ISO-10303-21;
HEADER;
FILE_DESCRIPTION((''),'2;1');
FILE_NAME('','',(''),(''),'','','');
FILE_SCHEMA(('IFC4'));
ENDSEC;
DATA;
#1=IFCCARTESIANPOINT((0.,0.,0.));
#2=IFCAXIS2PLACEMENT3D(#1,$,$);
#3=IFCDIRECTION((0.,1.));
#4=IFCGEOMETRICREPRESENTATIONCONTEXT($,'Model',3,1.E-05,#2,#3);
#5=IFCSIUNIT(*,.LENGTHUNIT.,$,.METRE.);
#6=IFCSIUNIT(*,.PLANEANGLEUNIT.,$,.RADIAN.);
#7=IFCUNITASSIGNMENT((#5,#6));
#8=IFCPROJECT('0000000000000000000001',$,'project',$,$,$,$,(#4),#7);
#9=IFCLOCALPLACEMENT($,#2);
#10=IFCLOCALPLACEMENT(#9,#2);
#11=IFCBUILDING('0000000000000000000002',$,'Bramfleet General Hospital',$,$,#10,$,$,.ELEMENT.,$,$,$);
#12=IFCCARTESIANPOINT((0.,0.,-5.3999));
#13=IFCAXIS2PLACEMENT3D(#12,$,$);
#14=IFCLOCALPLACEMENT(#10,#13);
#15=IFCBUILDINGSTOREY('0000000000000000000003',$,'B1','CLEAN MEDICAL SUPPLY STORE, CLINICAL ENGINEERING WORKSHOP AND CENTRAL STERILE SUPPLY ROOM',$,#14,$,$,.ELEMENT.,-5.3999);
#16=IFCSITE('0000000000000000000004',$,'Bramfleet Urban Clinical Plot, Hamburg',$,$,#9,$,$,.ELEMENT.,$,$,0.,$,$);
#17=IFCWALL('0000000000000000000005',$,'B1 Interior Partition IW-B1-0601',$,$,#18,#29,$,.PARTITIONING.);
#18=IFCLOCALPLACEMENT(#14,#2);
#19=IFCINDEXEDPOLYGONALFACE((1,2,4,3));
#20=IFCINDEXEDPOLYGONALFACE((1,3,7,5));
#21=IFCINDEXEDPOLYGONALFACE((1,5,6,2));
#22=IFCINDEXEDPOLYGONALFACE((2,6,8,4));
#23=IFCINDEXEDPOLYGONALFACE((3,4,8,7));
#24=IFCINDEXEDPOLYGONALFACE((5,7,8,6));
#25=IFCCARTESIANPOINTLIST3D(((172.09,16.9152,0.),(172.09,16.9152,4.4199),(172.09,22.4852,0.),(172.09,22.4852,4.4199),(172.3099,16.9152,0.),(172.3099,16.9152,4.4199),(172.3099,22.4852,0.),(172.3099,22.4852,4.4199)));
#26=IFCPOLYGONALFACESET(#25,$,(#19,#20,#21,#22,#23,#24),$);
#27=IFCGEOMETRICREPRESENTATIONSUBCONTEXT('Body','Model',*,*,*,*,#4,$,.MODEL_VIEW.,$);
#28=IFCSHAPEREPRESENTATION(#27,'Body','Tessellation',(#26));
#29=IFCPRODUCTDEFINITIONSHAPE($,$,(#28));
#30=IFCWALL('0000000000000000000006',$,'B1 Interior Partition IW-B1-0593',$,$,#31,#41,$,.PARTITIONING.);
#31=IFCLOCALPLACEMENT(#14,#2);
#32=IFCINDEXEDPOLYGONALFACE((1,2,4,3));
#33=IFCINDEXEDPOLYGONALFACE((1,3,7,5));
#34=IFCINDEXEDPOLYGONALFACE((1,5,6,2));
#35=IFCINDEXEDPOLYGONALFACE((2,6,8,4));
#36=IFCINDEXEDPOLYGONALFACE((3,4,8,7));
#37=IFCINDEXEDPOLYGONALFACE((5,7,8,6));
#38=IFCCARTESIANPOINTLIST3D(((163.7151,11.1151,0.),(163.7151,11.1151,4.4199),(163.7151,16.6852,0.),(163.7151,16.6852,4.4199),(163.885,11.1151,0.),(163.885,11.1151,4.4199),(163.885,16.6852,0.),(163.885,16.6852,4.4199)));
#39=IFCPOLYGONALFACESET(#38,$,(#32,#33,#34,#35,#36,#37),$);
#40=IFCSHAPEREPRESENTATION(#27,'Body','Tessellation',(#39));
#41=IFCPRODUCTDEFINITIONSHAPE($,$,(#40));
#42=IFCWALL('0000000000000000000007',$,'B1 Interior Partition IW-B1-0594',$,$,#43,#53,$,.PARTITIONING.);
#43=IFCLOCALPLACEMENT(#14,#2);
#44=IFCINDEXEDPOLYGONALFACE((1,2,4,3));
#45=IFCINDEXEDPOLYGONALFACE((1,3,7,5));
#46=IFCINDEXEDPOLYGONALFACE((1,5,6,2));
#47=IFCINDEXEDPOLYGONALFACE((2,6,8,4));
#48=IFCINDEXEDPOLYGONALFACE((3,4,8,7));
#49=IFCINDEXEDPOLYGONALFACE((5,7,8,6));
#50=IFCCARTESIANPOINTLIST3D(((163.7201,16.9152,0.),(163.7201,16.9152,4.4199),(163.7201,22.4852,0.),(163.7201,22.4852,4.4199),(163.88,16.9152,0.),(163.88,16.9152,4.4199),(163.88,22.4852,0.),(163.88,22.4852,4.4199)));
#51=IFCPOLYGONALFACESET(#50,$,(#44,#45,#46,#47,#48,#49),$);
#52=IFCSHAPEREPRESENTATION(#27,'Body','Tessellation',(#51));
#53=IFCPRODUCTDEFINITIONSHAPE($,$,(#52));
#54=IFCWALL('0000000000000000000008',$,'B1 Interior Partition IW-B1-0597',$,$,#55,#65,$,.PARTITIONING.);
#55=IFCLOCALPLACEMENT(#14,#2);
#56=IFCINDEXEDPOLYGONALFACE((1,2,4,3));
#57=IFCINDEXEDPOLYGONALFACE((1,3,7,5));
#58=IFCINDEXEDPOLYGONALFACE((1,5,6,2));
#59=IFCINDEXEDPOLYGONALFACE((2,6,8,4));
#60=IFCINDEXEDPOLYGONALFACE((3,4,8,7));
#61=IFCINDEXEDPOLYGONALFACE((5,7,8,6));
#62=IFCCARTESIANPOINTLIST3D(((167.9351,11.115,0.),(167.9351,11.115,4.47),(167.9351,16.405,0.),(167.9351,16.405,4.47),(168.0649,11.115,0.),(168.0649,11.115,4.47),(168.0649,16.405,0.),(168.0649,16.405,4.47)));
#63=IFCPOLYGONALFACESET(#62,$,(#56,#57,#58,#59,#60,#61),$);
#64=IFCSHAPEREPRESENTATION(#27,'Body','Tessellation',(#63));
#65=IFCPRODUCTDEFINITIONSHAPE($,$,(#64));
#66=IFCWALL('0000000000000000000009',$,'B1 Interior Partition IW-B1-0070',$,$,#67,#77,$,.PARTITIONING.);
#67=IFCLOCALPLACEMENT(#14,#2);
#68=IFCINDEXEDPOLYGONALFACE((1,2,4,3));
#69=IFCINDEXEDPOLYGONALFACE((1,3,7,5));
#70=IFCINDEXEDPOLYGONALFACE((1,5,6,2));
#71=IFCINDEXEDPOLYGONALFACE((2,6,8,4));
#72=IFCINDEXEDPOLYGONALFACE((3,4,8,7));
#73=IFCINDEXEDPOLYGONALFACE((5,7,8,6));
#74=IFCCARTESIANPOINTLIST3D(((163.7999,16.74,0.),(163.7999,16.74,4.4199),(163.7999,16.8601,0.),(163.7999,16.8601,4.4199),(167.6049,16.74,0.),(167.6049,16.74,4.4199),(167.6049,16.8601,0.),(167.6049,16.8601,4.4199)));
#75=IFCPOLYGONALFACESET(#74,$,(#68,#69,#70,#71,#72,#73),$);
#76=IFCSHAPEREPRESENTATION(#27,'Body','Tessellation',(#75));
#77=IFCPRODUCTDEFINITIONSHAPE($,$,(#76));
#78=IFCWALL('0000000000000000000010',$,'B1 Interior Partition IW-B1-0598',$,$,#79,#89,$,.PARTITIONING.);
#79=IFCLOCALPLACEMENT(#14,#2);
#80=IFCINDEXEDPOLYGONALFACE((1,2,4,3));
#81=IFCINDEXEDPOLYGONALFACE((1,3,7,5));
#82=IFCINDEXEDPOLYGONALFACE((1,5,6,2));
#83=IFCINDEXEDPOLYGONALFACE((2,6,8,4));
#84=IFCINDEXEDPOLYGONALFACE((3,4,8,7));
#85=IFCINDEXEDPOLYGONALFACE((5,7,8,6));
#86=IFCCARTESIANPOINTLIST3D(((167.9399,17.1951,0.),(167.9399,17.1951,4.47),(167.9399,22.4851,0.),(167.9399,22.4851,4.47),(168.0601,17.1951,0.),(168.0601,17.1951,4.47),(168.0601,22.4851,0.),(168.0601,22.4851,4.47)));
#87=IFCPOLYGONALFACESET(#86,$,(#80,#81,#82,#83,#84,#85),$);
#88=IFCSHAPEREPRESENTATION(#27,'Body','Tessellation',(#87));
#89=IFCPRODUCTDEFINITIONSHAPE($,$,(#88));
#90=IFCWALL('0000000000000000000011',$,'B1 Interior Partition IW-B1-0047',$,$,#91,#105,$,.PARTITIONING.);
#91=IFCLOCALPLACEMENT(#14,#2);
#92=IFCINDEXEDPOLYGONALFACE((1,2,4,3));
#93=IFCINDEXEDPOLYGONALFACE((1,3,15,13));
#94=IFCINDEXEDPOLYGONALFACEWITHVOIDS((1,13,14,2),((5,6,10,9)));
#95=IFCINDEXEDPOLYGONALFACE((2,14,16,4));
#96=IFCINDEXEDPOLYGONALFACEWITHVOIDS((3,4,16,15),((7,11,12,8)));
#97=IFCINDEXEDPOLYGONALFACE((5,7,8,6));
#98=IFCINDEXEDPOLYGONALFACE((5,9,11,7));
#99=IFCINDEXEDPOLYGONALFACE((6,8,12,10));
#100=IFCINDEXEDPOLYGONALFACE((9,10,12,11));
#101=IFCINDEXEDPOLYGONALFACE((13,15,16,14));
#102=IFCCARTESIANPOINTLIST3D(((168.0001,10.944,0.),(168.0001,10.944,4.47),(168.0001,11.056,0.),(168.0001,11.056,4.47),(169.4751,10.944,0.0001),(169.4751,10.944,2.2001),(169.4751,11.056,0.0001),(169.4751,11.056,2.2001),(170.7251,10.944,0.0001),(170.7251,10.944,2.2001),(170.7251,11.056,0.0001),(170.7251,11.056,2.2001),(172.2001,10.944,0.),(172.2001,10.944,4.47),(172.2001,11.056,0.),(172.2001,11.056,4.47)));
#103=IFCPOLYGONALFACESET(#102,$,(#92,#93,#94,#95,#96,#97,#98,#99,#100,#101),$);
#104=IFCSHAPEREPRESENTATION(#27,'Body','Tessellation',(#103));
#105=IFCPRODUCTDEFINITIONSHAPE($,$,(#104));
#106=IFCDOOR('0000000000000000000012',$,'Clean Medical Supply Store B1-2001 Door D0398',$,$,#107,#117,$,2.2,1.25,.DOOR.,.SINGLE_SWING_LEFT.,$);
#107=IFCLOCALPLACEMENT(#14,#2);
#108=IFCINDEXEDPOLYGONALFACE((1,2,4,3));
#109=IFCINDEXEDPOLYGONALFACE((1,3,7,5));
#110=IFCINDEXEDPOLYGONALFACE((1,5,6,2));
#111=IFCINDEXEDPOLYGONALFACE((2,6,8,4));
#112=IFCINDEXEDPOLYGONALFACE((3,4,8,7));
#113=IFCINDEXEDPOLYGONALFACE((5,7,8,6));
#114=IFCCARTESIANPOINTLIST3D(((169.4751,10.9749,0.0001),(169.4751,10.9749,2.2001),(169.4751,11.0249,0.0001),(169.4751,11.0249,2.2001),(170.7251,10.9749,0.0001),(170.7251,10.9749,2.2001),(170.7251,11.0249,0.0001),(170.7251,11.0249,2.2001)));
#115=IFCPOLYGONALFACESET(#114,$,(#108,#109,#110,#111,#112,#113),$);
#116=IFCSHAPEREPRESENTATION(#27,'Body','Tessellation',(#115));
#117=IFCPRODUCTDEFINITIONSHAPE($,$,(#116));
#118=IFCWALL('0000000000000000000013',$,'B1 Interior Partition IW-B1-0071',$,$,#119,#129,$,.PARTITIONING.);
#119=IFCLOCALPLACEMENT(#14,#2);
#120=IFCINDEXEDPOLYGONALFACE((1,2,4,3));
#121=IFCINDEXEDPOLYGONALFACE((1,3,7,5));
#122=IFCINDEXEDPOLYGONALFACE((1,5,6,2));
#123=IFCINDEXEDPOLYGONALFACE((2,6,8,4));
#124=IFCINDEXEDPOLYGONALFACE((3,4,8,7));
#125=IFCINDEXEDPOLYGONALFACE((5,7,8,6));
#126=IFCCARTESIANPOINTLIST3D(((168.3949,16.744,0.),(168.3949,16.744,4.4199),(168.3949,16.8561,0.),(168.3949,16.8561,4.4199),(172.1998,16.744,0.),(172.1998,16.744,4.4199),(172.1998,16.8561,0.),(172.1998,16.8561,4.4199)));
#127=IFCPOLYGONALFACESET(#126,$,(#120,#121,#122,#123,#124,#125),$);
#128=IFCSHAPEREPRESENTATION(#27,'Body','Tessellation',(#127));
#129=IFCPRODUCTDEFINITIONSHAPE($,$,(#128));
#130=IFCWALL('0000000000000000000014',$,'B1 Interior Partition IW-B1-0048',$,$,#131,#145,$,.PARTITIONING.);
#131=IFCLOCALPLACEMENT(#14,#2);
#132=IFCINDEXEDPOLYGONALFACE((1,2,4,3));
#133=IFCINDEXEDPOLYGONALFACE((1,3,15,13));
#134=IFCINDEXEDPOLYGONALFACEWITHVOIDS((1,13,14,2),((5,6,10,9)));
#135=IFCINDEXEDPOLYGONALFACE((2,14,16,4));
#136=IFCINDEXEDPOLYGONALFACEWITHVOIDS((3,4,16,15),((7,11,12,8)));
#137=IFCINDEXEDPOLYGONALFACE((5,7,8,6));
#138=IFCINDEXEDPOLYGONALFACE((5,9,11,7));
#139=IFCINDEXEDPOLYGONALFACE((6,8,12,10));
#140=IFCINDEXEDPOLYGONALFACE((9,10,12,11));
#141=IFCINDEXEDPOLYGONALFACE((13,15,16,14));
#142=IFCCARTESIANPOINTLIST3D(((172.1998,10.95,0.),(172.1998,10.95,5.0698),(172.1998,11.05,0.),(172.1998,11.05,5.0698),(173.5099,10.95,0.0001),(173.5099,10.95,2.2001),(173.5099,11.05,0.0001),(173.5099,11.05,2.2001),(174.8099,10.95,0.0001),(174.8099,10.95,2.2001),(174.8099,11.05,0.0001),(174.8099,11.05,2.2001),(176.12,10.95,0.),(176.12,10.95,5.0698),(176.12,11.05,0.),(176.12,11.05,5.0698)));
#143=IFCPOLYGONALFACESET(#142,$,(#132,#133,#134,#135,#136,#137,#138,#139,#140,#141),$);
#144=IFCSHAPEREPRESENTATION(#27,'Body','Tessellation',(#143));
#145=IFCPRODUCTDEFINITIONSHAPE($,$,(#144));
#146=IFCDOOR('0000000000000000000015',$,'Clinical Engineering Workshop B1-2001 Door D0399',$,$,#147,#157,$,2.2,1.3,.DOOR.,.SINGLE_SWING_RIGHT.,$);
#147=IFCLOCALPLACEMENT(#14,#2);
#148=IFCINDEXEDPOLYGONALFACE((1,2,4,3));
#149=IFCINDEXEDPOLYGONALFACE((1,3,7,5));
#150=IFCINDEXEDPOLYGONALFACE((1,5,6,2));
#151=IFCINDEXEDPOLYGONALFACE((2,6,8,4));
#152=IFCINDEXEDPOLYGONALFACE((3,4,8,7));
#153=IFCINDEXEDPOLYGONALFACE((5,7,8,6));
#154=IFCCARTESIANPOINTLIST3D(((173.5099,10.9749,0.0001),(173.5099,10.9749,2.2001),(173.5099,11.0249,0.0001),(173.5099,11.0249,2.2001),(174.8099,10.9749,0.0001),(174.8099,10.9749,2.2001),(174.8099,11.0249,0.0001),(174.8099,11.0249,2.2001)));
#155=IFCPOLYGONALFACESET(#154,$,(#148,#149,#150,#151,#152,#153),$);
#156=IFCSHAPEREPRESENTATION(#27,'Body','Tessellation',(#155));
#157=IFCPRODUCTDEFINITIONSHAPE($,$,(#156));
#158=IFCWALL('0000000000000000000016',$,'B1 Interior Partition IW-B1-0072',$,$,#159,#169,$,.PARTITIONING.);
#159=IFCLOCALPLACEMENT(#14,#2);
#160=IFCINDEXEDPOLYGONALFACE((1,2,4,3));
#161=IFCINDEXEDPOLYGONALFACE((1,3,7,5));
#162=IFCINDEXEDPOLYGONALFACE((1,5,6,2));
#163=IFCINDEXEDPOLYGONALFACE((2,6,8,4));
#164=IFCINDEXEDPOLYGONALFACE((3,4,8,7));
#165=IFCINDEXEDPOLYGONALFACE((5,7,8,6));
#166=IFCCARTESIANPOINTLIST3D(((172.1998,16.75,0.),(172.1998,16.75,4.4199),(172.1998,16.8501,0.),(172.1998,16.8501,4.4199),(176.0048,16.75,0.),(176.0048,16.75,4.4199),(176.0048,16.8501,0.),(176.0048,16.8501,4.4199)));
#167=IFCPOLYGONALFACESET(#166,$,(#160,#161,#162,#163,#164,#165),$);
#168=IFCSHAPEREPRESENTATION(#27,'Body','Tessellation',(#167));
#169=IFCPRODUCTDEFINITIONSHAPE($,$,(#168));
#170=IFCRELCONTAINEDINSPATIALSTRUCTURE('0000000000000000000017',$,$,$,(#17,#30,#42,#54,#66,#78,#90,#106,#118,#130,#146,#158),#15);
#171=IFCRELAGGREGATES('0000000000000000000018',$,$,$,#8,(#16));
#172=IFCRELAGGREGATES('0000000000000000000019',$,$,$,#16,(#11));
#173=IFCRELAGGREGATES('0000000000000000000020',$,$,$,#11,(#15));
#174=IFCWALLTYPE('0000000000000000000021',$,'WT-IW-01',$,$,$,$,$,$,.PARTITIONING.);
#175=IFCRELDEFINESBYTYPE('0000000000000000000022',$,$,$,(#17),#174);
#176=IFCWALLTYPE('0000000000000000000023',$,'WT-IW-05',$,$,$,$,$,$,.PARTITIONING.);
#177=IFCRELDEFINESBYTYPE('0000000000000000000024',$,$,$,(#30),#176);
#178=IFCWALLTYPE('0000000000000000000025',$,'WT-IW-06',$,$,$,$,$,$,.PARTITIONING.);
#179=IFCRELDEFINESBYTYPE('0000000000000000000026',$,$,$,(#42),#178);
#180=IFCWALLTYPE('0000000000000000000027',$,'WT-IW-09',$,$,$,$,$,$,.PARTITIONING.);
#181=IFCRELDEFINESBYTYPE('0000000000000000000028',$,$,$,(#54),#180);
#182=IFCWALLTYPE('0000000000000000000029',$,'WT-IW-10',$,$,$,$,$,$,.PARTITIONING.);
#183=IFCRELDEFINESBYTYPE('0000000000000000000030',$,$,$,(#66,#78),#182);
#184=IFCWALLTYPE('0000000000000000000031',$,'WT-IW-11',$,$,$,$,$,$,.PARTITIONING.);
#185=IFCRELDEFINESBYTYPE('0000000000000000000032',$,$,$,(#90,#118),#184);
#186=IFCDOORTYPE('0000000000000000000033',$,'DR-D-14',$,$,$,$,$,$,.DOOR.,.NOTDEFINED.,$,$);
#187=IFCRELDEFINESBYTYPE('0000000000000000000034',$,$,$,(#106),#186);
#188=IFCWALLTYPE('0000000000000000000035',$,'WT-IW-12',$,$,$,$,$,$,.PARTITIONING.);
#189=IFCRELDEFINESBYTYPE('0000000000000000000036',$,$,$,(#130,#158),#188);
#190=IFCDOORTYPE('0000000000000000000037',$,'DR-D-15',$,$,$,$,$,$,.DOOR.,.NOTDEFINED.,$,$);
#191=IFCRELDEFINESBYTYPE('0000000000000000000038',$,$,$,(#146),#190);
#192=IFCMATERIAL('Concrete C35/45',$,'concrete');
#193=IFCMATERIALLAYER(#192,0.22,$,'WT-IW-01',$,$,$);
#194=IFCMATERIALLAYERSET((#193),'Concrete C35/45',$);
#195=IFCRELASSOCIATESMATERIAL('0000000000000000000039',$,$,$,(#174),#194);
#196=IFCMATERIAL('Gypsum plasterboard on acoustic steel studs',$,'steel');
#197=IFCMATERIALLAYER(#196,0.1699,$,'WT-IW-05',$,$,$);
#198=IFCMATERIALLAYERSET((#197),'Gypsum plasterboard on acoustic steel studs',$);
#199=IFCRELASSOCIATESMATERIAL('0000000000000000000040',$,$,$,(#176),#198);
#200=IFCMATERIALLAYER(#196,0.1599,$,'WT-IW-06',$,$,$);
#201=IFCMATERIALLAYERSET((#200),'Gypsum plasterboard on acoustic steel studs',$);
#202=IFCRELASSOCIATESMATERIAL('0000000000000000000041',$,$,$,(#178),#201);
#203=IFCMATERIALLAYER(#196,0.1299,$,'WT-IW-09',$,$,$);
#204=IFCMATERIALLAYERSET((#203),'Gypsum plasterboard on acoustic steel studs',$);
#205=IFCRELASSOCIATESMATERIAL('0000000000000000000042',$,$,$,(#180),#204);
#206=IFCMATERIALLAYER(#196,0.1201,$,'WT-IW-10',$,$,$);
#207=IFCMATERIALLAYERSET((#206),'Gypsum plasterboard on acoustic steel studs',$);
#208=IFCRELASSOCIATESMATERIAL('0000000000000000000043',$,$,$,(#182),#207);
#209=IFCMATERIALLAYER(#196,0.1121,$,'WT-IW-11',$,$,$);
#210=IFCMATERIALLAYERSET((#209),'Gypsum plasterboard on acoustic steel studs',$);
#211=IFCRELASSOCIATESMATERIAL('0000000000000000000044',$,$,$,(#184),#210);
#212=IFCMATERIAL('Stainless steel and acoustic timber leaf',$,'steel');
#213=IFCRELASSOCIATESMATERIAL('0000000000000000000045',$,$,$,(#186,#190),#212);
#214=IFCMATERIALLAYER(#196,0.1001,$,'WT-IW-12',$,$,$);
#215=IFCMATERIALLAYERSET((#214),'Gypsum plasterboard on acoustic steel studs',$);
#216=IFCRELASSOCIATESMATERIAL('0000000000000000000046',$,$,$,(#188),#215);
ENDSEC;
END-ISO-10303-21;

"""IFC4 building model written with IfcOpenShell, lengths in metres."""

from ifc_helpers import new_model, si_unit, direction, frame, frame_2d, origin, place, context, subcontext, project, spatial, rectangle, extrude, material, layer, layer_set, type_object, element, fill, save


model = new_model("IFC4")

# Units and contexts
model_context = context("Model", 3, precision=1e-05, world=origin(), true_north=direction((0.0, 1.0)))
body_context = subcontext(model_context, "Body", "Model", "MODEL_VIEW")
ifc_project = project(units=[si_unit("LENGTHUNIT", "METRE"), si_unit("PLANEANGLEUNIT", "RADIAN")], contexts=[model_context])

# Site, building, storey
site_placement = place(None, origin())
site = spatial("IfcSite", under=ifc_project, at=site_placement, Name="Bramfleet Urban Clinical Plot, Hamburg", CompositionType="ELEMENT", RefElevation=0.0)
building_placement = place(site_placement, origin())
building = spatial("IfcBuilding", under=site, at=building_placement, Name="Bramfleet General Hospital", CompositionType="ELEMENT")
storey_placement = place(building_placement, frame((0.0, 0.0, -5.3999)))
storey = spatial("IfcBuildingStorey", under=building, at=storey_placement, Name="B1", Description="CLEAN MEDICAL SUPPLY STORE, CLINICAL ENGINEERING WORKSHOP AND CENTRAL STERILE SUPPLY ROOM", CompositionType="ELEMENT", Elevation=-5.3999)

# Shared definitions
ifc_material_1 = material(Name="Concrete C35/45", Category="concrete")

# Shared definitions
ifc_layer_1 = layer(ifc_material_1, 0.22, Name="WT-IW-01")
ifc_layer_set_1 = layer_set([ifc_layer_1], Name="Concrete C35/45")
wall_type_1 = type_object("IfcWallType", Name="WT-IW-01", PredefinedType="PARTITIONING", material=ifc_layer_set_1)
ifc_material_2 = material(Name="Stainless steel and acoustic timber leaf", Category="steel")

# Walls
wall_1_placement = place(storey_placement, frame((172.2, 16.915, 0.0), z_axis=(0.0, 0.0, 1.0), x_axis=(0.0, 1.0, 0.0)))
element("IfcWall", 1, at=wall_1_placement, inside=storey, type_object=wall_type_1, Name="B1 Interior Partition IW-B1-0601", PredefinedType="PARTITIONING", context=body_context, shape_type="SweptSolid", body=[
    extrude(rectangle(XDim=5.5701, YDim=0.22, at=frame_2d((2.7852, 0.0))), origin(), (0.0, 0.0, 1.0), 4.4199),
])
ifc_material_3 = material(Name="Gypsum plasterboard on acoustic steel studs", Category="steel")
ifc_layer_2 = layer(ifc_material_3, 0.1699, Name="WT-IW-05")
ifc_layer_set_2 = layer_set([ifc_layer_2], Name="Gypsum plasterboard on acoustic steel studs")
wall_type_2 = type_object("IfcWallType", Name="WT-IW-05", PredefinedType="PARTITIONING", material=ifc_layer_set_2)
wall_2_placement = place(storey_placement, frame((163.8, 11.115, 0.0), z_axis=(0.0, 0.0, 1.0), x_axis=(0.0, 1.0, 0.0)))
element("IfcWall", 2, at=wall_2_placement, inside=storey, type_object=wall_type_2, Name="B1 Interior Partition IW-B1-0593", PredefinedType="PARTITIONING", context=body_context, shape_type="SweptSolid", body=[
    extrude(rectangle(XDim=5.5701, YDim=0.1699, at=frame_2d((2.7852, 0.0))), origin(), (0.0, 0.0, 1.0), 4.4199),
])
ifc_layer_3 = layer(ifc_material_3, 0.1599, Name="WT-IW-06")
ifc_layer_set_3 = layer_set([ifc_layer_3], Name="Gypsum plasterboard on acoustic steel studs")
wall_type_3 = type_object("IfcWallType", Name="WT-IW-06", PredefinedType="PARTITIONING", material=ifc_layer_set_3)
wall_3_placement = place(storey_placement, frame((163.8, 16.915, 0.0), z_axis=(0.0, 0.0, 1.0), x_axis=(0.0, 1.0, 0.0)))
element("IfcWall", 3, at=wall_3_placement, inside=storey, type_object=wall_type_3, Name="B1 Interior Partition IW-B1-0594", PredefinedType="PARTITIONING", context=body_context, shape_type="SweptSolid", body=[
    extrude(rectangle(XDim=5.5701, YDim=0.1599, at=frame_2d((2.7852, 0.0))), origin(), (0.0, 0.0, 1.0), 4.4199),
])
ifc_layer_4 = layer(ifc_material_3, 0.1299, Name="WT-IW-09")
ifc_layer_set_4 = layer_set([ifc_layer_4], Name="Gypsum plasterboard on acoustic steel studs")
wall_type_4 = type_object("IfcWallType", Name="WT-IW-09", PredefinedType="PARTITIONING", material=ifc_layer_set_4)
wall_4_placement = place(storey_placement, frame((168.0, 11.115, 0.0), z_axis=(0.0, 0.0, 1.0), x_axis=(0.0, 1.0, 0.0)))
element("IfcWall", 4, at=wall_4_placement, inside=storey, type_object=wall_type_4, Name="B1 Interior Partition IW-B1-0597", PredefinedType="PARTITIONING", context=body_context, shape_type="SweptSolid", body=[
    extrude(rectangle(XDim=5.29, YDim=0.1299, at=frame_2d((2.645, 0.0))), origin(), (0.0, 0.0, 1.0), 4.47),
])
ifc_layer_5 = layer(ifc_material_3, 0.1201, Name="WT-IW-10")
ifc_layer_set_5 = layer_set([ifc_layer_5], Name="Gypsum plasterboard on acoustic steel studs")
wall_type_5 = type_object("IfcWallType", Name="WT-IW-10", PredefinedType="PARTITIONING", material=ifc_layer_set_5)
wall_5_placement = place(storey_placement, frame((163.8, 16.8, 0.0), z_axis=(0.0, 0.0, 1.0), x_axis=(1.0, 0.0, 0.0)))
element("IfcWall", 5, at=wall_5_placement, inside=storey, type_object=wall_type_5, Name="B1 Interior Partition IW-B1-0070", PredefinedType="PARTITIONING", context=body_context, shape_type="SweptSolid", body=[
    extrude(rectangle(XDim=3.8049, YDim=0.1201, at=frame_2d((1.9023, 0.0))), origin(), (0.0, 0.0, 1.0), 4.4199),
])
wall_6_placement = place(storey_placement, frame((168.0, 17.1951, 0.0), z_axis=(0.0, 0.0, 1.0), x_axis=(0.0, 1.0, 0.0)))
element("IfcWall", 6, at=wall_6_placement, inside=storey, type_object=wall_type_5, Name="B1 Interior Partition IW-B1-0598", PredefinedType="PARTITIONING", context=body_context, shape_type="SweptSolid", body=[
    extrude(rectangle(XDim=5.29, YDim=0.1201, at=frame_2d((2.645, 0.0))), origin(), (0.0, 0.0, 1.0), 4.47),
])

# Wall, opening, door
ifc_layer_6 = layer(ifc_material_3, 0.1121, Name="WT-IW-11")
ifc_layer_set_6 = layer_set([ifc_layer_6], Name="Gypsum plasterboard on acoustic steel studs")
wall_type_6 = type_object("IfcWallType", Name="WT-IW-11", PredefinedType="PARTITIONING", material=ifc_layer_set_6)
wall_7_placement = place(storey_placement, frame((168.0, 11.0, 0.0), z_axis=(0.0, 0.0, 1.0), x_axis=(1.0, 0.0, 0.0)))
wall_7 = element("IfcWall", 7, at=wall_7_placement, inside=storey, type_object=wall_type_6, Name="B1 Interior Partition IW-B1-0047", PredefinedType="PARTITIONING", context=body_context, shape_type="SweptSolid", body=[
    extrude(rectangle(XDim=4.2, YDim=0.1121, at=frame_2d((2.1001, 0.0))), origin(), (0.0, 0.0, 1.0), 4.47),
])
opening_1_placement = place(wall_7_placement, frame((1.4751, 0.0, 0.0)))
opening_1 = element("IfcOpeningElement", 8, at=opening_1_placement, cuts=wall_7, PredefinedType="OPENING", context=body_context, shape_type="SweptSolid", body=[
    extrude(rectangle(XDim=1.25, YDim=2.2, at=frame_2d((0.625, 1.1001))), frame((0.0, 0.0659, 0.0), z_axis=(0.0, -1.0, 0.0), x_axis=(1.0, 0.0, 0.0)), (0.0, 0.0, 1.0), 0.1321),
])
door_type_1 = type_object("IfcDoorType", Name="DR-D-14", OperationType="NOTDEFINED", PredefinedType="DOOR", material=ifc_material_2)
door_1_placement = place(opening_1_placement, origin())
door_1 = element("IfcDoor", 9, at=door_1_placement, inside=storey, type_object=door_type_1, Name="Clean Medical Supply Store B1-2001 Door D0398", OperationType="SINGLE_SWING_LEFT", OverallHeight=2.2, OverallWidth=1.25, PredefinedType="DOOR", context=body_context, shape_type="SweptSolid", body=[
    extrude(rectangle(XDim=1.25, YDim=2.2, at=frame_2d((0.625, 1.1001))), frame((0.0, 0.0249, 0.0), z_axis=(0.0, -1.0, 0.0), x_axis=(1.0, 0.0, 0.0)), (0.0, 0.0, 1.0), 0.05),
])
fill(opening_1, door_1)

# Wall
wall_8_placement = place(storey_placement, frame((168.395, 16.8, 0.0), z_axis=(0.0, 0.0, 1.0), x_axis=(1.0, 0.0, 0.0)))
element("IfcWall", 10, at=wall_8_placement, inside=storey, type_object=wall_type_6, Name="B1 Interior Partition IW-B1-0071", PredefinedType="PARTITIONING", context=body_context, shape_type="SweptSolid", body=[
    extrude(rectangle(XDim=3.8049, YDim=0.1121, at=frame_2d((1.9023, 0.0))), origin(), (0.0, 0.0, 1.0), 4.4199),
])

# Wall, opening, door
ifc_layer_7 = layer(ifc_material_3, 0.1001, Name="WT-IW-12")
ifc_layer_set_7 = layer_set([ifc_layer_7], Name="Gypsum plasterboard on acoustic steel studs")
wall_type_7 = type_object("IfcWallType", Name="WT-IW-12", PredefinedType="PARTITIONING", material=ifc_layer_set_7)
wall_9_placement = place(storey_placement, frame((172.2, 11.0, 0.0), z_axis=(0.0, 0.0, 1.0), x_axis=(1.0, 0.0, 0.0)))
wall_9 = element("IfcWall", 11, at=wall_9_placement, inside=storey, type_object=wall_type_7, Name="B1 Interior Partition IW-B1-0048", PredefinedType="PARTITIONING", context=body_context, shape_type="SweptSolid", body=[
    extrude(rectangle(XDim=3.9202, YDim=0.1001, at=frame_2d((1.96, 0.0))), origin(), (0.0, 0.0, 1.0), 5.0698),
])
opening_2_placement = place(wall_9_placement, frame((1.3101, 0.0, 0.0)))
opening_2 = element("IfcOpeningElement", 12, at=opening_2_placement, cuts=wall_9, PredefinedType="OPENING", context=body_context, shape_type="SweptSolid", body=[
    extrude(rectangle(XDim=1.3, YDim=2.2, at=frame_2d((0.6499, 1.1001))), frame((0.0, 0.0601, 0.0), z_axis=(0.0, -1.0, 0.0), x_axis=(1.0, 0.0, 0.0)), (0.0, 0.0, 1.0), 0.1201),
])
door_type_2 = type_object("IfcDoorType", Name="DR-D-15", OperationType="NOTDEFINED", PredefinedType="DOOR", material=ifc_material_2)
door_2_placement = place(opening_2_placement, origin())
door_2 = element("IfcDoor", 13, at=door_2_placement, inside=storey, type_object=door_type_2, Name="Clinical Engineering Workshop B1-2001 Door D0399", OperationType="SINGLE_SWING_RIGHT", OverallHeight=2.2, OverallWidth=1.3, PredefinedType="DOOR", context=body_context, shape_type="SweptSolid", body=[
    extrude(rectangle(XDim=1.3, YDim=2.2, at=frame_2d((0.6499, 1.1001))), frame((0.0, 0.0249, 0.0), z_axis=(0.0, -1.0, 0.0), x_axis=(1.0, 0.0, 0.0)), (0.0, 0.0, 1.0), 0.05),
])
fill(opening_2, door_2)

# Wall
wall_10_placement = place(storey_placement, frame((172.2, 16.8, 0.0), z_axis=(0.0, 0.0, 1.0), x_axis=(1.0, 0.0, 0.0)))
element("IfcWall", 14, at=wall_10_placement, inside=storey, type_object=wall_type_7, Name="B1 Interior Partition IW-B1-0072", PredefinedType="PARTITIONING", context=body_context, shape_type="SweptSolid", body=[
    extrude(rectangle(XDim=3.8049, YDim=0.1001, at=frame_2d((1.9023, 0.0))), origin(), (0.0, 0.0, 1.0), 4.4199),
])

save(model, "model.ifc")
